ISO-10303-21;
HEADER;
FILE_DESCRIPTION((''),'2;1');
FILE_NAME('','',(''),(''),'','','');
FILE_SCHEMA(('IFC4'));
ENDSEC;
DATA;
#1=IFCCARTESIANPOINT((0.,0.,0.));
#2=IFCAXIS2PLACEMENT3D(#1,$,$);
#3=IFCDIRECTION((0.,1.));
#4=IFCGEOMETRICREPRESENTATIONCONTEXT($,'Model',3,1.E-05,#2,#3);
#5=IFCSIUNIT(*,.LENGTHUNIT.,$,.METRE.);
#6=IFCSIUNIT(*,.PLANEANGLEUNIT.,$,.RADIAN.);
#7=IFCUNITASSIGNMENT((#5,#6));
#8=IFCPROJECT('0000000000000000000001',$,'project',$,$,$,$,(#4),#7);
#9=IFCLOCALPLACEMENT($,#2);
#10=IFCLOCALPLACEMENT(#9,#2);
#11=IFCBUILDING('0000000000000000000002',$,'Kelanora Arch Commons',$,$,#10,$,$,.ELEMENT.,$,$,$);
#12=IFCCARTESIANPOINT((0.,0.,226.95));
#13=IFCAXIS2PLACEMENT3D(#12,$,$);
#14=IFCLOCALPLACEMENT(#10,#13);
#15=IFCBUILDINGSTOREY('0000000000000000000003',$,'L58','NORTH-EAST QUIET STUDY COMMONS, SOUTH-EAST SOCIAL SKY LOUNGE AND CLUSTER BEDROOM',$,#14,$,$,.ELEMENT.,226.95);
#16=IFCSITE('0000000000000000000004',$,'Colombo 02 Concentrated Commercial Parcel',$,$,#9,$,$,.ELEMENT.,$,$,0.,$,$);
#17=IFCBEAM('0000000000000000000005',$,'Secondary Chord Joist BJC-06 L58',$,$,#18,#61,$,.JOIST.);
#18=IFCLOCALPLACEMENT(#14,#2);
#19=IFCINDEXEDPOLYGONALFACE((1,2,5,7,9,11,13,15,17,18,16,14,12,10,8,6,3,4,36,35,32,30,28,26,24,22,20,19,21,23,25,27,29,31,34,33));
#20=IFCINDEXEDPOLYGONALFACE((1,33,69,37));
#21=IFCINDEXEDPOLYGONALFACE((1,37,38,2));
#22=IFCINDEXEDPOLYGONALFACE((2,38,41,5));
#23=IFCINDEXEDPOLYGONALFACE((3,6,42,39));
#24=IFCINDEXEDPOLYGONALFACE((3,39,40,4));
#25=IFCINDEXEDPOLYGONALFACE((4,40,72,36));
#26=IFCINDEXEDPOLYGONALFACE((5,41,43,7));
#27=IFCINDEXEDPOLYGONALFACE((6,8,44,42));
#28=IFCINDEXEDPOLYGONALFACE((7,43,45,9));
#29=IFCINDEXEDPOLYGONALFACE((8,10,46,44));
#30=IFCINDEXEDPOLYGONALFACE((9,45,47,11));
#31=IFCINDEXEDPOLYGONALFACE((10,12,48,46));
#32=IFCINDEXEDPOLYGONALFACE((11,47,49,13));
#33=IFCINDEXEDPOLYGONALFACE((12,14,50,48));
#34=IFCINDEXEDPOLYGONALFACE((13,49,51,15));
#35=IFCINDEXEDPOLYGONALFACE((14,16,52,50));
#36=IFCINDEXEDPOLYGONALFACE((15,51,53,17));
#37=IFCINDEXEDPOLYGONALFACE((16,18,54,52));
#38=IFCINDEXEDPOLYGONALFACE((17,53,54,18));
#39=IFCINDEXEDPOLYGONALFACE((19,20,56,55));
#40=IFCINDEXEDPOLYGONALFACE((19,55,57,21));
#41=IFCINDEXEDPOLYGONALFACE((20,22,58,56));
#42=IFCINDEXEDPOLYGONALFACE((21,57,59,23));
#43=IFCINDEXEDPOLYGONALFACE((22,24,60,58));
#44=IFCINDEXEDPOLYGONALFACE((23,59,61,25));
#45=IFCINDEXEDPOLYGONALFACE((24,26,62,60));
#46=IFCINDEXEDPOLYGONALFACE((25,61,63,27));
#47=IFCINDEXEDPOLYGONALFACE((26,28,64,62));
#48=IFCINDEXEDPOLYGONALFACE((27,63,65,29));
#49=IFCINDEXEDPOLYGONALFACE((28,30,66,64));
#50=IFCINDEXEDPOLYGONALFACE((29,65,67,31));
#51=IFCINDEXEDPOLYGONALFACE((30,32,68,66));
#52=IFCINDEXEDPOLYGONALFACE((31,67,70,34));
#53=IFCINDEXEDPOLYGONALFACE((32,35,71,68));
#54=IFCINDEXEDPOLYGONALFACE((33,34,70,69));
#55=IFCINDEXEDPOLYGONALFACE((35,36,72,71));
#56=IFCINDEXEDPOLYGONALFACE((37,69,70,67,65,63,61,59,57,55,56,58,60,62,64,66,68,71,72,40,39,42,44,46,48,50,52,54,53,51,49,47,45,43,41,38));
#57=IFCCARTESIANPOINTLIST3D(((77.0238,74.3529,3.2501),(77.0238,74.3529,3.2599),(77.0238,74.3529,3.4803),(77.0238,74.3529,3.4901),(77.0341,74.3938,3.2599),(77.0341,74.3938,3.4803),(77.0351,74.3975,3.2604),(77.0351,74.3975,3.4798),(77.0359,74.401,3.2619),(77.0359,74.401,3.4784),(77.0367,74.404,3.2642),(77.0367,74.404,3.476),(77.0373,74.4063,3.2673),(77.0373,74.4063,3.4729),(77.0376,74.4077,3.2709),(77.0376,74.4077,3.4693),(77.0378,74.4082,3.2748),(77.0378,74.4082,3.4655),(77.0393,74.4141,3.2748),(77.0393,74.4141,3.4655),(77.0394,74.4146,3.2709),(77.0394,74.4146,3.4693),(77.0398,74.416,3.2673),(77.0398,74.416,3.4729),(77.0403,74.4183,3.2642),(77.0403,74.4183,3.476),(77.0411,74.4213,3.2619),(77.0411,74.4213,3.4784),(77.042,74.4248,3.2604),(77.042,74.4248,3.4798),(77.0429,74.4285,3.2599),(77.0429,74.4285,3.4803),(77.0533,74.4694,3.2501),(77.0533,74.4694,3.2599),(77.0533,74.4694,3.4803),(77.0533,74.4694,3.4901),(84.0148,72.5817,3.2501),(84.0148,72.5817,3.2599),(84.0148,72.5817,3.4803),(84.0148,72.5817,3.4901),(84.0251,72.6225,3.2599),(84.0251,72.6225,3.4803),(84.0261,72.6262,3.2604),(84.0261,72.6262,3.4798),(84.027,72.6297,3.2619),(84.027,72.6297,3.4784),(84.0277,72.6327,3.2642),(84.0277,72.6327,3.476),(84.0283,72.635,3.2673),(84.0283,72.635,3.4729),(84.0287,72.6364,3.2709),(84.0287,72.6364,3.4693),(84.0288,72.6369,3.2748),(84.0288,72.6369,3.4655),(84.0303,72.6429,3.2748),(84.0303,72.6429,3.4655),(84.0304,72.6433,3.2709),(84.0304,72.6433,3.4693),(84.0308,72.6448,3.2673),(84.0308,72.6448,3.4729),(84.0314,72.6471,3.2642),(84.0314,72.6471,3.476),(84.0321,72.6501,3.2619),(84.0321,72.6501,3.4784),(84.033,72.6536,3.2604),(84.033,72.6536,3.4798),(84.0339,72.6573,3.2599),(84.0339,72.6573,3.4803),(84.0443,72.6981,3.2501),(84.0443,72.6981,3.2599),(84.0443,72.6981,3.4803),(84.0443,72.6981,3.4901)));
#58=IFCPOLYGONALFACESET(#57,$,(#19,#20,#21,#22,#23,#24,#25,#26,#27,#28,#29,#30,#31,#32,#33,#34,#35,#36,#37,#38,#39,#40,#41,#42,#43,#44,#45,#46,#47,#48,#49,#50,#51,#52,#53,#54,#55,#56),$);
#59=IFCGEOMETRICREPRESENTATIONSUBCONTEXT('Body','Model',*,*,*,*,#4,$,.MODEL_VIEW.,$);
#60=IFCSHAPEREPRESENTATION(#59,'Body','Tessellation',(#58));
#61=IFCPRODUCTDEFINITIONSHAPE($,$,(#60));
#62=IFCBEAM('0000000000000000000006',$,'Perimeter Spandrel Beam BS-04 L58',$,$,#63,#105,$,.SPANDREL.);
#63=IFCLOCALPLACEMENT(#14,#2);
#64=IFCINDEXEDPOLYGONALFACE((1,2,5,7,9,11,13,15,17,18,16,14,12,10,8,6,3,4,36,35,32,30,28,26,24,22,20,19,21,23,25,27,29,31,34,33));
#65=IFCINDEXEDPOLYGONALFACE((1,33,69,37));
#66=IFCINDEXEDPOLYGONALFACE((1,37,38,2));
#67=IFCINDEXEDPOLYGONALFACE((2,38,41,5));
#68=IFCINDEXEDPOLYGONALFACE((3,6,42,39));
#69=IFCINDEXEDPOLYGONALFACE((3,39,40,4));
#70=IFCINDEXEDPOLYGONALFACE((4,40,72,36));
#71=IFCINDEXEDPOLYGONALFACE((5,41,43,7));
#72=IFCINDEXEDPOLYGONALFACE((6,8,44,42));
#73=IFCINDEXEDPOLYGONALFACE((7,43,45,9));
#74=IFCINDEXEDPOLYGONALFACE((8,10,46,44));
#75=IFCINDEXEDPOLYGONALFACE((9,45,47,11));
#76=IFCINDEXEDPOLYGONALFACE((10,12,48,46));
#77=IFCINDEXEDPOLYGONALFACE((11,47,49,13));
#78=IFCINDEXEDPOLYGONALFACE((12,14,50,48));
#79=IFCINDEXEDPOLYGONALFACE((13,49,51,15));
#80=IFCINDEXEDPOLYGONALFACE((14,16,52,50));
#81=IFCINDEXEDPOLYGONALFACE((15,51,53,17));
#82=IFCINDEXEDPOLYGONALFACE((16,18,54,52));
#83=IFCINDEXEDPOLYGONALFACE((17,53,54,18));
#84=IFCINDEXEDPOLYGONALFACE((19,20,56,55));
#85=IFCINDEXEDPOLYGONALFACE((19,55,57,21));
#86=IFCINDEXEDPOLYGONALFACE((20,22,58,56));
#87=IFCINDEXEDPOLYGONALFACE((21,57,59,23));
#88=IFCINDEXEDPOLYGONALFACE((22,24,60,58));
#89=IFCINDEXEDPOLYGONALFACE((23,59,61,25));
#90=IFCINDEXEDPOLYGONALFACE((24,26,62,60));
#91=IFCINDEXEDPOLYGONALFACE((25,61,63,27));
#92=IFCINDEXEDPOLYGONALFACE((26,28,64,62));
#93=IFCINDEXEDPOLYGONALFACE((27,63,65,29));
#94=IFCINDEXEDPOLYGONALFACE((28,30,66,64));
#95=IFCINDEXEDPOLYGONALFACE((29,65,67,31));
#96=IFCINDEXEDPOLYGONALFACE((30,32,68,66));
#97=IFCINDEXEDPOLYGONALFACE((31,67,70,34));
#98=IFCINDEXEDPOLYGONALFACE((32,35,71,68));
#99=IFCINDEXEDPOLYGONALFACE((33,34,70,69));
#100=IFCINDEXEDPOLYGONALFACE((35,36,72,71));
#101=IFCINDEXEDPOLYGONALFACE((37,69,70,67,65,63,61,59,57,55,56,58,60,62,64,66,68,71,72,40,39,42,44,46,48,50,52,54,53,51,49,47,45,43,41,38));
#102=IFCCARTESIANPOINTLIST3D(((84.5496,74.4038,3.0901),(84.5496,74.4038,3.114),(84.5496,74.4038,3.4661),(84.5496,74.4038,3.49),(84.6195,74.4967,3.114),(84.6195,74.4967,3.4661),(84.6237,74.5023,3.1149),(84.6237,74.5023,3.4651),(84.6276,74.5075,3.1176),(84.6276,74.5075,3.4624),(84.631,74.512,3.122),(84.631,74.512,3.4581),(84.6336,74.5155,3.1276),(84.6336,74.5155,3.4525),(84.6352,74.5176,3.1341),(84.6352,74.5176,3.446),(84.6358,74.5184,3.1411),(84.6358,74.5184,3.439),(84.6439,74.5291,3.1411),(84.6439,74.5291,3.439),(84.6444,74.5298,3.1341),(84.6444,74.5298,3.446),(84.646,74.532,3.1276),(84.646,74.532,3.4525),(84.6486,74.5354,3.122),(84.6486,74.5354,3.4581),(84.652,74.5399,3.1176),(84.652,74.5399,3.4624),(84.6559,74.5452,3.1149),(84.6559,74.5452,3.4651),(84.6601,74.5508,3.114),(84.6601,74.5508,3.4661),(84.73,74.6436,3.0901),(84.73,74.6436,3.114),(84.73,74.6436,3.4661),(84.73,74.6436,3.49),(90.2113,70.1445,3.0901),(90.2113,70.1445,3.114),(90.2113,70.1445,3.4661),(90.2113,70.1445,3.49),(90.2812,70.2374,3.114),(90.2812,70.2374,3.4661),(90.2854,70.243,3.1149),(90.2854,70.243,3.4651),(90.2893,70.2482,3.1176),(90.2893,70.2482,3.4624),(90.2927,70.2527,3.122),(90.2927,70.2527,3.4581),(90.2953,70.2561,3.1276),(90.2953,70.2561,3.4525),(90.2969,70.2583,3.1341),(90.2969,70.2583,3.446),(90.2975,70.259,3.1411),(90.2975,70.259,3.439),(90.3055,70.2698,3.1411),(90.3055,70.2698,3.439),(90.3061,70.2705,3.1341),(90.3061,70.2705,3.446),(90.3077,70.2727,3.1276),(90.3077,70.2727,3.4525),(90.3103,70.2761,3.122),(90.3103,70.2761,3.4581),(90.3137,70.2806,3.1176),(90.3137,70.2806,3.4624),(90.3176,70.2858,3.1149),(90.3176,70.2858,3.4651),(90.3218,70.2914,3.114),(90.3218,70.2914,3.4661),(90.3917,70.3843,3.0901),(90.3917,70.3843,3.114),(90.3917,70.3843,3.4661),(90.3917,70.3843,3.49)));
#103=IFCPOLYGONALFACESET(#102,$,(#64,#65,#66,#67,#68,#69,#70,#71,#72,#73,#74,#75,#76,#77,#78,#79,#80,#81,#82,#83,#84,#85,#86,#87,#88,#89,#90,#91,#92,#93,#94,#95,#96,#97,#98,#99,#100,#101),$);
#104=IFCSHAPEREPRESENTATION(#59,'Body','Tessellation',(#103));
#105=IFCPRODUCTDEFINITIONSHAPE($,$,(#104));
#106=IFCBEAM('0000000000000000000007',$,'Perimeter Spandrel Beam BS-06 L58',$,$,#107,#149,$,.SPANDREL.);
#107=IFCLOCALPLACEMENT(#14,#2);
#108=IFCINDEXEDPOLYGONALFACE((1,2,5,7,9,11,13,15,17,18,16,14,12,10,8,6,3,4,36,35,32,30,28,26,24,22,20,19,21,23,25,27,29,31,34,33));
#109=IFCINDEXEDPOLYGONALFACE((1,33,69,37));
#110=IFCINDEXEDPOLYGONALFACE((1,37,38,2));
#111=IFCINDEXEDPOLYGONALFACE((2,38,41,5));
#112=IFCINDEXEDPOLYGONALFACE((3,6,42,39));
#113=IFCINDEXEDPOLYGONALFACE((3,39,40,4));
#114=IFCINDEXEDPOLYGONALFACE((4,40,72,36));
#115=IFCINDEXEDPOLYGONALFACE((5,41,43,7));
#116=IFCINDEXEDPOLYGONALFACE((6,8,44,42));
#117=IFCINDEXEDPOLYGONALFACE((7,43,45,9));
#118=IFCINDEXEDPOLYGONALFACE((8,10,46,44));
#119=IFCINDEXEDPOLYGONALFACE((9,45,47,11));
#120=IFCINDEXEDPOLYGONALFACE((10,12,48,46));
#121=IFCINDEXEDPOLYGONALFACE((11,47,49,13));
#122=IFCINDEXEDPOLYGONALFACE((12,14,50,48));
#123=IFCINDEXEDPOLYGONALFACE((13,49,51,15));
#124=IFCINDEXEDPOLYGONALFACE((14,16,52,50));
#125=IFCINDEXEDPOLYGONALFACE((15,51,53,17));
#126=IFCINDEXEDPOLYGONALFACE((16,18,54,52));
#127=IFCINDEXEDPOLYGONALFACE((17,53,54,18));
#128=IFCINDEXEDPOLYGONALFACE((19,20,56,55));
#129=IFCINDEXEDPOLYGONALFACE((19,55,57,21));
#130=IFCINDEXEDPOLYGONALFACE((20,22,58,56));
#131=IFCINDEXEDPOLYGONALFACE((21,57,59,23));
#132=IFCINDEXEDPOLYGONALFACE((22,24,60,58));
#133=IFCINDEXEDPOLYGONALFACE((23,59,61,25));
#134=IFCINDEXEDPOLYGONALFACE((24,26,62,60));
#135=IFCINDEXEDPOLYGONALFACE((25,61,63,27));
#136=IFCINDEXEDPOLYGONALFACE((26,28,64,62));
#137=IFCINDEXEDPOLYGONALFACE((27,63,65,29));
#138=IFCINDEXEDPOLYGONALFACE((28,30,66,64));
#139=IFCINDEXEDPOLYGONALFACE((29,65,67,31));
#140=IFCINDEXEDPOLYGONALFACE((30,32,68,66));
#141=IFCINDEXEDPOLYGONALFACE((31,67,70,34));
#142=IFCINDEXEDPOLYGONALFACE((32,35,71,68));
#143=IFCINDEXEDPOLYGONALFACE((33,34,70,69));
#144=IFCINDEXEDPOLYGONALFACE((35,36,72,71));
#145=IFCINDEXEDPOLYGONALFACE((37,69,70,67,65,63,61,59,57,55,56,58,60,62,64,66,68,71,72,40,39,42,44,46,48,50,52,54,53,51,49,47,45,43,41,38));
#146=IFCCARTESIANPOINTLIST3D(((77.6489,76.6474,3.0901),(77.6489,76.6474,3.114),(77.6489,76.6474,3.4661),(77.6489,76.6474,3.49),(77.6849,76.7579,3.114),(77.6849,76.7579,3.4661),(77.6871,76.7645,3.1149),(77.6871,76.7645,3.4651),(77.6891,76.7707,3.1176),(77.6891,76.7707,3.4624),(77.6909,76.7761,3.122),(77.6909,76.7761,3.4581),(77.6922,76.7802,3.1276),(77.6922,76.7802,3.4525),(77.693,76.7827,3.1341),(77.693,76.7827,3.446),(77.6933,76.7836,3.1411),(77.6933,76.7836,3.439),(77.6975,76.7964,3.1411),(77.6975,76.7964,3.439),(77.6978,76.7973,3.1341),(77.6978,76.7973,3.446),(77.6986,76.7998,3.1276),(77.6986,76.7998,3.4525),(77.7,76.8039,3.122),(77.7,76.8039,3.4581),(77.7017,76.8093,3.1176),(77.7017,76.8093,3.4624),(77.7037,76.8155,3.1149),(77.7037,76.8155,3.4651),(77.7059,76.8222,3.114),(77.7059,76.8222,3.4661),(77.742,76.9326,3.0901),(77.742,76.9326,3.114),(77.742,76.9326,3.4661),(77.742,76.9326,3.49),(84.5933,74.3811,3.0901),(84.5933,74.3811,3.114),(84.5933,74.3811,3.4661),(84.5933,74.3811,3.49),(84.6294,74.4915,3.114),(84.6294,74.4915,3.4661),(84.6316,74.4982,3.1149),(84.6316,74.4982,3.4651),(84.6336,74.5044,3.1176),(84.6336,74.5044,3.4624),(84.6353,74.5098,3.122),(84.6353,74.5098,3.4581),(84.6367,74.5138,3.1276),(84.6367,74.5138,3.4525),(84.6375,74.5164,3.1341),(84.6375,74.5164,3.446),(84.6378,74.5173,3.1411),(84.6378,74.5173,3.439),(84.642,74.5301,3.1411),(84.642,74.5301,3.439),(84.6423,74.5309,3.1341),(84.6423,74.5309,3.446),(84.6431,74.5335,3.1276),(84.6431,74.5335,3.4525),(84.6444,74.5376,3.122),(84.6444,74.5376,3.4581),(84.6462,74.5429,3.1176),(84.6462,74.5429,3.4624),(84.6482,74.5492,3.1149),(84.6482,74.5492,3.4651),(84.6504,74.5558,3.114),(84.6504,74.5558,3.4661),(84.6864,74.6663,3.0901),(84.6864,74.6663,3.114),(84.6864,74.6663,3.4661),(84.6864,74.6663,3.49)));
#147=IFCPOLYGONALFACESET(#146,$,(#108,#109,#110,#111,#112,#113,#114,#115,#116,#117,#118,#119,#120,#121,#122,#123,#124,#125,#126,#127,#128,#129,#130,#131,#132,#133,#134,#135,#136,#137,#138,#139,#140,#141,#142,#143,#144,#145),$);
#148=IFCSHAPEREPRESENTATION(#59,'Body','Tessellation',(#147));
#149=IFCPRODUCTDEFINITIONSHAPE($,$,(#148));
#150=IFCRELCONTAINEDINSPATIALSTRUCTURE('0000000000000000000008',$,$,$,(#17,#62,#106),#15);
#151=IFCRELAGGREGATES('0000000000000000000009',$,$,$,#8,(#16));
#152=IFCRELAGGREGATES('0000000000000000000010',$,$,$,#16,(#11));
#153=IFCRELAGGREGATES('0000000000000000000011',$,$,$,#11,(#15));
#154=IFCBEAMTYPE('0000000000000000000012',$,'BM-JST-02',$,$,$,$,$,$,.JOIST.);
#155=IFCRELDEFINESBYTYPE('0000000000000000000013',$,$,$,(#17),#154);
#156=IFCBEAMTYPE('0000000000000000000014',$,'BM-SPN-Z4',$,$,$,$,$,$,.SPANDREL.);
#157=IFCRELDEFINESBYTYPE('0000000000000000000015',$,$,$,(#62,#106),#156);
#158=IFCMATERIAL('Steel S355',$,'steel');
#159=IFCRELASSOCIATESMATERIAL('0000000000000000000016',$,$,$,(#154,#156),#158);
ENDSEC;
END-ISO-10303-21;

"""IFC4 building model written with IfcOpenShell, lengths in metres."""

from ifc_helpers import new_model, si_unit, direction, frame, origin, origin_2d, place, context, subcontext, project, spatial, i_section, extrude, material, material_profile, profile_set, type_object, element, save


model = new_model("IFC4")

# Units and contexts
model_context = context("Model", 3, precision=1e-05, world=origin(), true_north=direction((0.0, 1.0)))
body_context = subcontext(model_context, "Body", "Model", "MODEL_VIEW")
ifc_project = project(units=[si_unit("LENGTHUNIT", "METRE"), si_unit("PLANEANGLEUNIT", "RADIAN")], contexts=[model_context])

# Site, building, storey
site_placement = place(None, origin())
site = spatial("IfcSite", under=ifc_project, at=site_placement, Name="Colombo 02 Concentrated Commercial Parcel", CompositionType="ELEMENT", RefElevation=0.0)
building_placement = place(site_placement, origin())
building = spatial("IfcBuilding", under=site, at=building_placement, Name="Kelanora Arch Commons", CompositionType="ELEMENT")
storey_placement = place(building_placement, frame((0.0, 0.0, 226.95)))
storey = spatial("IfcBuildingStorey", under=building, at=storey_placement, Name="L58", Description="NORTH-EAST QUIET STUDY COMMONS, SOUTH-EAST SOCIAL SKY LOUNGE AND CLUSTER BEDROOM", CompositionType="ELEMENT", Elevation=226.95)

# Beams
ifc_material_1 = material(Name="Steel S355", Category="steel")
ifc_material_profile_1 = material_profile(ifc_material_1, i_section(OverallWidth=0.1201, OverallDepth=0.24, WebThickness=0.0061, FlangeThickness=0.0098, FilletRadius=0.0149, at=origin_2d()), Name="IPE240")
ifc_profile_set_1 = profile_set([ifc_material_profile_1], Name="Steel S355")
beam_type_1 = type_object("IfcBeamType", Name="BM-JST-02", PredefinedType="JOIST", material=ifc_profile_set_1)
beam_1_placement = place(storey_placement, frame((84.0295, 72.6399, 3.3701), z_axis=(-0.969371, 0.245601, 0.0), x_axis=(-0.245601, -0.969371, 0.0)))
element("IfcBeam", 1, at=beam_1_placement, inside=storey, type_object=beam_type_1, Name="Secondary Chord Joist BJC-06 L58", PredefinedType="JOIST", context=body_context, shape_type="SweptSolid", body=[
    extrude(i_section(OverallWidth=0.1201, OverallDepth=0.24, WebThickness=0.0061, FlangeThickness=0.0098, FilletRadius=0.0149, at=origin_2d()), origin(), (0.0, 0.0, 1.0), 7.2119),
])
ifc_material_profile_2 = material_profile(ifc_material_1, i_section(OverallWidth=0.3, OverallDepth=0.3999, WebThickness=0.0134, FlangeThickness=0.0239, FilletRadius=0.0271, at=origin_2d()), Name="HEB400")
ifc_profile_set_2 = profile_set([ifc_material_profile_2], Name="Steel S355")
beam_type_2 = type_object("IfcBeamType", Name="BM-SPN-Z4", PredefinedType="SPANDREL", material=ifc_profile_set_2)
beam_2_placement = place(storey_placement, frame((90.3015, 70.2644, 3.29), z_axis=(-0.799114, 0.601179, 0.0), x_axis=(-0.601179, -0.799114, 0.0)))
element("IfcBeam", 2, at=beam_2_placement, inside=storey, type_object=beam_type_2, Name="Perimeter Spandrel Beam BS-04 L58", PredefinedType="SPANDREL", context=body_context, shape_type="SweptSolid", body=[
    extrude(i_section(OverallWidth=0.3, OverallDepth=0.3999, WebThickness=0.0134, FlangeThickness=0.0239, FilletRadius=0.0271, at=origin_2d()), origin(), (0.0, 0.0, 1.0), 7.085),
])
beam_3_placement = place(storey_placement, frame((84.6399, 74.5237, 3.29), z_axis=(-0.950656, 0.310246, 0.0), x_axis=(-0.310246, -0.950656, 0.0)))
element("IfcBeam", 3, at=beam_3_placement, inside=storey, type_object=beam_type_2, Name="Perimeter Spandrel Beam BS-06 L58", PredefinedType="SPANDREL", context=body_context, shape_type="SweptSolid", body=[
    extrude(i_section(OverallWidth=0.3, OverallDepth=0.3999, WebThickness=0.0134, FlangeThickness=0.0239, FilletRadius=0.0271, at=origin_2d()), origin(), (0.0, 0.0, 1.0), 7.3049),
])

save(model, "model.ifc")
